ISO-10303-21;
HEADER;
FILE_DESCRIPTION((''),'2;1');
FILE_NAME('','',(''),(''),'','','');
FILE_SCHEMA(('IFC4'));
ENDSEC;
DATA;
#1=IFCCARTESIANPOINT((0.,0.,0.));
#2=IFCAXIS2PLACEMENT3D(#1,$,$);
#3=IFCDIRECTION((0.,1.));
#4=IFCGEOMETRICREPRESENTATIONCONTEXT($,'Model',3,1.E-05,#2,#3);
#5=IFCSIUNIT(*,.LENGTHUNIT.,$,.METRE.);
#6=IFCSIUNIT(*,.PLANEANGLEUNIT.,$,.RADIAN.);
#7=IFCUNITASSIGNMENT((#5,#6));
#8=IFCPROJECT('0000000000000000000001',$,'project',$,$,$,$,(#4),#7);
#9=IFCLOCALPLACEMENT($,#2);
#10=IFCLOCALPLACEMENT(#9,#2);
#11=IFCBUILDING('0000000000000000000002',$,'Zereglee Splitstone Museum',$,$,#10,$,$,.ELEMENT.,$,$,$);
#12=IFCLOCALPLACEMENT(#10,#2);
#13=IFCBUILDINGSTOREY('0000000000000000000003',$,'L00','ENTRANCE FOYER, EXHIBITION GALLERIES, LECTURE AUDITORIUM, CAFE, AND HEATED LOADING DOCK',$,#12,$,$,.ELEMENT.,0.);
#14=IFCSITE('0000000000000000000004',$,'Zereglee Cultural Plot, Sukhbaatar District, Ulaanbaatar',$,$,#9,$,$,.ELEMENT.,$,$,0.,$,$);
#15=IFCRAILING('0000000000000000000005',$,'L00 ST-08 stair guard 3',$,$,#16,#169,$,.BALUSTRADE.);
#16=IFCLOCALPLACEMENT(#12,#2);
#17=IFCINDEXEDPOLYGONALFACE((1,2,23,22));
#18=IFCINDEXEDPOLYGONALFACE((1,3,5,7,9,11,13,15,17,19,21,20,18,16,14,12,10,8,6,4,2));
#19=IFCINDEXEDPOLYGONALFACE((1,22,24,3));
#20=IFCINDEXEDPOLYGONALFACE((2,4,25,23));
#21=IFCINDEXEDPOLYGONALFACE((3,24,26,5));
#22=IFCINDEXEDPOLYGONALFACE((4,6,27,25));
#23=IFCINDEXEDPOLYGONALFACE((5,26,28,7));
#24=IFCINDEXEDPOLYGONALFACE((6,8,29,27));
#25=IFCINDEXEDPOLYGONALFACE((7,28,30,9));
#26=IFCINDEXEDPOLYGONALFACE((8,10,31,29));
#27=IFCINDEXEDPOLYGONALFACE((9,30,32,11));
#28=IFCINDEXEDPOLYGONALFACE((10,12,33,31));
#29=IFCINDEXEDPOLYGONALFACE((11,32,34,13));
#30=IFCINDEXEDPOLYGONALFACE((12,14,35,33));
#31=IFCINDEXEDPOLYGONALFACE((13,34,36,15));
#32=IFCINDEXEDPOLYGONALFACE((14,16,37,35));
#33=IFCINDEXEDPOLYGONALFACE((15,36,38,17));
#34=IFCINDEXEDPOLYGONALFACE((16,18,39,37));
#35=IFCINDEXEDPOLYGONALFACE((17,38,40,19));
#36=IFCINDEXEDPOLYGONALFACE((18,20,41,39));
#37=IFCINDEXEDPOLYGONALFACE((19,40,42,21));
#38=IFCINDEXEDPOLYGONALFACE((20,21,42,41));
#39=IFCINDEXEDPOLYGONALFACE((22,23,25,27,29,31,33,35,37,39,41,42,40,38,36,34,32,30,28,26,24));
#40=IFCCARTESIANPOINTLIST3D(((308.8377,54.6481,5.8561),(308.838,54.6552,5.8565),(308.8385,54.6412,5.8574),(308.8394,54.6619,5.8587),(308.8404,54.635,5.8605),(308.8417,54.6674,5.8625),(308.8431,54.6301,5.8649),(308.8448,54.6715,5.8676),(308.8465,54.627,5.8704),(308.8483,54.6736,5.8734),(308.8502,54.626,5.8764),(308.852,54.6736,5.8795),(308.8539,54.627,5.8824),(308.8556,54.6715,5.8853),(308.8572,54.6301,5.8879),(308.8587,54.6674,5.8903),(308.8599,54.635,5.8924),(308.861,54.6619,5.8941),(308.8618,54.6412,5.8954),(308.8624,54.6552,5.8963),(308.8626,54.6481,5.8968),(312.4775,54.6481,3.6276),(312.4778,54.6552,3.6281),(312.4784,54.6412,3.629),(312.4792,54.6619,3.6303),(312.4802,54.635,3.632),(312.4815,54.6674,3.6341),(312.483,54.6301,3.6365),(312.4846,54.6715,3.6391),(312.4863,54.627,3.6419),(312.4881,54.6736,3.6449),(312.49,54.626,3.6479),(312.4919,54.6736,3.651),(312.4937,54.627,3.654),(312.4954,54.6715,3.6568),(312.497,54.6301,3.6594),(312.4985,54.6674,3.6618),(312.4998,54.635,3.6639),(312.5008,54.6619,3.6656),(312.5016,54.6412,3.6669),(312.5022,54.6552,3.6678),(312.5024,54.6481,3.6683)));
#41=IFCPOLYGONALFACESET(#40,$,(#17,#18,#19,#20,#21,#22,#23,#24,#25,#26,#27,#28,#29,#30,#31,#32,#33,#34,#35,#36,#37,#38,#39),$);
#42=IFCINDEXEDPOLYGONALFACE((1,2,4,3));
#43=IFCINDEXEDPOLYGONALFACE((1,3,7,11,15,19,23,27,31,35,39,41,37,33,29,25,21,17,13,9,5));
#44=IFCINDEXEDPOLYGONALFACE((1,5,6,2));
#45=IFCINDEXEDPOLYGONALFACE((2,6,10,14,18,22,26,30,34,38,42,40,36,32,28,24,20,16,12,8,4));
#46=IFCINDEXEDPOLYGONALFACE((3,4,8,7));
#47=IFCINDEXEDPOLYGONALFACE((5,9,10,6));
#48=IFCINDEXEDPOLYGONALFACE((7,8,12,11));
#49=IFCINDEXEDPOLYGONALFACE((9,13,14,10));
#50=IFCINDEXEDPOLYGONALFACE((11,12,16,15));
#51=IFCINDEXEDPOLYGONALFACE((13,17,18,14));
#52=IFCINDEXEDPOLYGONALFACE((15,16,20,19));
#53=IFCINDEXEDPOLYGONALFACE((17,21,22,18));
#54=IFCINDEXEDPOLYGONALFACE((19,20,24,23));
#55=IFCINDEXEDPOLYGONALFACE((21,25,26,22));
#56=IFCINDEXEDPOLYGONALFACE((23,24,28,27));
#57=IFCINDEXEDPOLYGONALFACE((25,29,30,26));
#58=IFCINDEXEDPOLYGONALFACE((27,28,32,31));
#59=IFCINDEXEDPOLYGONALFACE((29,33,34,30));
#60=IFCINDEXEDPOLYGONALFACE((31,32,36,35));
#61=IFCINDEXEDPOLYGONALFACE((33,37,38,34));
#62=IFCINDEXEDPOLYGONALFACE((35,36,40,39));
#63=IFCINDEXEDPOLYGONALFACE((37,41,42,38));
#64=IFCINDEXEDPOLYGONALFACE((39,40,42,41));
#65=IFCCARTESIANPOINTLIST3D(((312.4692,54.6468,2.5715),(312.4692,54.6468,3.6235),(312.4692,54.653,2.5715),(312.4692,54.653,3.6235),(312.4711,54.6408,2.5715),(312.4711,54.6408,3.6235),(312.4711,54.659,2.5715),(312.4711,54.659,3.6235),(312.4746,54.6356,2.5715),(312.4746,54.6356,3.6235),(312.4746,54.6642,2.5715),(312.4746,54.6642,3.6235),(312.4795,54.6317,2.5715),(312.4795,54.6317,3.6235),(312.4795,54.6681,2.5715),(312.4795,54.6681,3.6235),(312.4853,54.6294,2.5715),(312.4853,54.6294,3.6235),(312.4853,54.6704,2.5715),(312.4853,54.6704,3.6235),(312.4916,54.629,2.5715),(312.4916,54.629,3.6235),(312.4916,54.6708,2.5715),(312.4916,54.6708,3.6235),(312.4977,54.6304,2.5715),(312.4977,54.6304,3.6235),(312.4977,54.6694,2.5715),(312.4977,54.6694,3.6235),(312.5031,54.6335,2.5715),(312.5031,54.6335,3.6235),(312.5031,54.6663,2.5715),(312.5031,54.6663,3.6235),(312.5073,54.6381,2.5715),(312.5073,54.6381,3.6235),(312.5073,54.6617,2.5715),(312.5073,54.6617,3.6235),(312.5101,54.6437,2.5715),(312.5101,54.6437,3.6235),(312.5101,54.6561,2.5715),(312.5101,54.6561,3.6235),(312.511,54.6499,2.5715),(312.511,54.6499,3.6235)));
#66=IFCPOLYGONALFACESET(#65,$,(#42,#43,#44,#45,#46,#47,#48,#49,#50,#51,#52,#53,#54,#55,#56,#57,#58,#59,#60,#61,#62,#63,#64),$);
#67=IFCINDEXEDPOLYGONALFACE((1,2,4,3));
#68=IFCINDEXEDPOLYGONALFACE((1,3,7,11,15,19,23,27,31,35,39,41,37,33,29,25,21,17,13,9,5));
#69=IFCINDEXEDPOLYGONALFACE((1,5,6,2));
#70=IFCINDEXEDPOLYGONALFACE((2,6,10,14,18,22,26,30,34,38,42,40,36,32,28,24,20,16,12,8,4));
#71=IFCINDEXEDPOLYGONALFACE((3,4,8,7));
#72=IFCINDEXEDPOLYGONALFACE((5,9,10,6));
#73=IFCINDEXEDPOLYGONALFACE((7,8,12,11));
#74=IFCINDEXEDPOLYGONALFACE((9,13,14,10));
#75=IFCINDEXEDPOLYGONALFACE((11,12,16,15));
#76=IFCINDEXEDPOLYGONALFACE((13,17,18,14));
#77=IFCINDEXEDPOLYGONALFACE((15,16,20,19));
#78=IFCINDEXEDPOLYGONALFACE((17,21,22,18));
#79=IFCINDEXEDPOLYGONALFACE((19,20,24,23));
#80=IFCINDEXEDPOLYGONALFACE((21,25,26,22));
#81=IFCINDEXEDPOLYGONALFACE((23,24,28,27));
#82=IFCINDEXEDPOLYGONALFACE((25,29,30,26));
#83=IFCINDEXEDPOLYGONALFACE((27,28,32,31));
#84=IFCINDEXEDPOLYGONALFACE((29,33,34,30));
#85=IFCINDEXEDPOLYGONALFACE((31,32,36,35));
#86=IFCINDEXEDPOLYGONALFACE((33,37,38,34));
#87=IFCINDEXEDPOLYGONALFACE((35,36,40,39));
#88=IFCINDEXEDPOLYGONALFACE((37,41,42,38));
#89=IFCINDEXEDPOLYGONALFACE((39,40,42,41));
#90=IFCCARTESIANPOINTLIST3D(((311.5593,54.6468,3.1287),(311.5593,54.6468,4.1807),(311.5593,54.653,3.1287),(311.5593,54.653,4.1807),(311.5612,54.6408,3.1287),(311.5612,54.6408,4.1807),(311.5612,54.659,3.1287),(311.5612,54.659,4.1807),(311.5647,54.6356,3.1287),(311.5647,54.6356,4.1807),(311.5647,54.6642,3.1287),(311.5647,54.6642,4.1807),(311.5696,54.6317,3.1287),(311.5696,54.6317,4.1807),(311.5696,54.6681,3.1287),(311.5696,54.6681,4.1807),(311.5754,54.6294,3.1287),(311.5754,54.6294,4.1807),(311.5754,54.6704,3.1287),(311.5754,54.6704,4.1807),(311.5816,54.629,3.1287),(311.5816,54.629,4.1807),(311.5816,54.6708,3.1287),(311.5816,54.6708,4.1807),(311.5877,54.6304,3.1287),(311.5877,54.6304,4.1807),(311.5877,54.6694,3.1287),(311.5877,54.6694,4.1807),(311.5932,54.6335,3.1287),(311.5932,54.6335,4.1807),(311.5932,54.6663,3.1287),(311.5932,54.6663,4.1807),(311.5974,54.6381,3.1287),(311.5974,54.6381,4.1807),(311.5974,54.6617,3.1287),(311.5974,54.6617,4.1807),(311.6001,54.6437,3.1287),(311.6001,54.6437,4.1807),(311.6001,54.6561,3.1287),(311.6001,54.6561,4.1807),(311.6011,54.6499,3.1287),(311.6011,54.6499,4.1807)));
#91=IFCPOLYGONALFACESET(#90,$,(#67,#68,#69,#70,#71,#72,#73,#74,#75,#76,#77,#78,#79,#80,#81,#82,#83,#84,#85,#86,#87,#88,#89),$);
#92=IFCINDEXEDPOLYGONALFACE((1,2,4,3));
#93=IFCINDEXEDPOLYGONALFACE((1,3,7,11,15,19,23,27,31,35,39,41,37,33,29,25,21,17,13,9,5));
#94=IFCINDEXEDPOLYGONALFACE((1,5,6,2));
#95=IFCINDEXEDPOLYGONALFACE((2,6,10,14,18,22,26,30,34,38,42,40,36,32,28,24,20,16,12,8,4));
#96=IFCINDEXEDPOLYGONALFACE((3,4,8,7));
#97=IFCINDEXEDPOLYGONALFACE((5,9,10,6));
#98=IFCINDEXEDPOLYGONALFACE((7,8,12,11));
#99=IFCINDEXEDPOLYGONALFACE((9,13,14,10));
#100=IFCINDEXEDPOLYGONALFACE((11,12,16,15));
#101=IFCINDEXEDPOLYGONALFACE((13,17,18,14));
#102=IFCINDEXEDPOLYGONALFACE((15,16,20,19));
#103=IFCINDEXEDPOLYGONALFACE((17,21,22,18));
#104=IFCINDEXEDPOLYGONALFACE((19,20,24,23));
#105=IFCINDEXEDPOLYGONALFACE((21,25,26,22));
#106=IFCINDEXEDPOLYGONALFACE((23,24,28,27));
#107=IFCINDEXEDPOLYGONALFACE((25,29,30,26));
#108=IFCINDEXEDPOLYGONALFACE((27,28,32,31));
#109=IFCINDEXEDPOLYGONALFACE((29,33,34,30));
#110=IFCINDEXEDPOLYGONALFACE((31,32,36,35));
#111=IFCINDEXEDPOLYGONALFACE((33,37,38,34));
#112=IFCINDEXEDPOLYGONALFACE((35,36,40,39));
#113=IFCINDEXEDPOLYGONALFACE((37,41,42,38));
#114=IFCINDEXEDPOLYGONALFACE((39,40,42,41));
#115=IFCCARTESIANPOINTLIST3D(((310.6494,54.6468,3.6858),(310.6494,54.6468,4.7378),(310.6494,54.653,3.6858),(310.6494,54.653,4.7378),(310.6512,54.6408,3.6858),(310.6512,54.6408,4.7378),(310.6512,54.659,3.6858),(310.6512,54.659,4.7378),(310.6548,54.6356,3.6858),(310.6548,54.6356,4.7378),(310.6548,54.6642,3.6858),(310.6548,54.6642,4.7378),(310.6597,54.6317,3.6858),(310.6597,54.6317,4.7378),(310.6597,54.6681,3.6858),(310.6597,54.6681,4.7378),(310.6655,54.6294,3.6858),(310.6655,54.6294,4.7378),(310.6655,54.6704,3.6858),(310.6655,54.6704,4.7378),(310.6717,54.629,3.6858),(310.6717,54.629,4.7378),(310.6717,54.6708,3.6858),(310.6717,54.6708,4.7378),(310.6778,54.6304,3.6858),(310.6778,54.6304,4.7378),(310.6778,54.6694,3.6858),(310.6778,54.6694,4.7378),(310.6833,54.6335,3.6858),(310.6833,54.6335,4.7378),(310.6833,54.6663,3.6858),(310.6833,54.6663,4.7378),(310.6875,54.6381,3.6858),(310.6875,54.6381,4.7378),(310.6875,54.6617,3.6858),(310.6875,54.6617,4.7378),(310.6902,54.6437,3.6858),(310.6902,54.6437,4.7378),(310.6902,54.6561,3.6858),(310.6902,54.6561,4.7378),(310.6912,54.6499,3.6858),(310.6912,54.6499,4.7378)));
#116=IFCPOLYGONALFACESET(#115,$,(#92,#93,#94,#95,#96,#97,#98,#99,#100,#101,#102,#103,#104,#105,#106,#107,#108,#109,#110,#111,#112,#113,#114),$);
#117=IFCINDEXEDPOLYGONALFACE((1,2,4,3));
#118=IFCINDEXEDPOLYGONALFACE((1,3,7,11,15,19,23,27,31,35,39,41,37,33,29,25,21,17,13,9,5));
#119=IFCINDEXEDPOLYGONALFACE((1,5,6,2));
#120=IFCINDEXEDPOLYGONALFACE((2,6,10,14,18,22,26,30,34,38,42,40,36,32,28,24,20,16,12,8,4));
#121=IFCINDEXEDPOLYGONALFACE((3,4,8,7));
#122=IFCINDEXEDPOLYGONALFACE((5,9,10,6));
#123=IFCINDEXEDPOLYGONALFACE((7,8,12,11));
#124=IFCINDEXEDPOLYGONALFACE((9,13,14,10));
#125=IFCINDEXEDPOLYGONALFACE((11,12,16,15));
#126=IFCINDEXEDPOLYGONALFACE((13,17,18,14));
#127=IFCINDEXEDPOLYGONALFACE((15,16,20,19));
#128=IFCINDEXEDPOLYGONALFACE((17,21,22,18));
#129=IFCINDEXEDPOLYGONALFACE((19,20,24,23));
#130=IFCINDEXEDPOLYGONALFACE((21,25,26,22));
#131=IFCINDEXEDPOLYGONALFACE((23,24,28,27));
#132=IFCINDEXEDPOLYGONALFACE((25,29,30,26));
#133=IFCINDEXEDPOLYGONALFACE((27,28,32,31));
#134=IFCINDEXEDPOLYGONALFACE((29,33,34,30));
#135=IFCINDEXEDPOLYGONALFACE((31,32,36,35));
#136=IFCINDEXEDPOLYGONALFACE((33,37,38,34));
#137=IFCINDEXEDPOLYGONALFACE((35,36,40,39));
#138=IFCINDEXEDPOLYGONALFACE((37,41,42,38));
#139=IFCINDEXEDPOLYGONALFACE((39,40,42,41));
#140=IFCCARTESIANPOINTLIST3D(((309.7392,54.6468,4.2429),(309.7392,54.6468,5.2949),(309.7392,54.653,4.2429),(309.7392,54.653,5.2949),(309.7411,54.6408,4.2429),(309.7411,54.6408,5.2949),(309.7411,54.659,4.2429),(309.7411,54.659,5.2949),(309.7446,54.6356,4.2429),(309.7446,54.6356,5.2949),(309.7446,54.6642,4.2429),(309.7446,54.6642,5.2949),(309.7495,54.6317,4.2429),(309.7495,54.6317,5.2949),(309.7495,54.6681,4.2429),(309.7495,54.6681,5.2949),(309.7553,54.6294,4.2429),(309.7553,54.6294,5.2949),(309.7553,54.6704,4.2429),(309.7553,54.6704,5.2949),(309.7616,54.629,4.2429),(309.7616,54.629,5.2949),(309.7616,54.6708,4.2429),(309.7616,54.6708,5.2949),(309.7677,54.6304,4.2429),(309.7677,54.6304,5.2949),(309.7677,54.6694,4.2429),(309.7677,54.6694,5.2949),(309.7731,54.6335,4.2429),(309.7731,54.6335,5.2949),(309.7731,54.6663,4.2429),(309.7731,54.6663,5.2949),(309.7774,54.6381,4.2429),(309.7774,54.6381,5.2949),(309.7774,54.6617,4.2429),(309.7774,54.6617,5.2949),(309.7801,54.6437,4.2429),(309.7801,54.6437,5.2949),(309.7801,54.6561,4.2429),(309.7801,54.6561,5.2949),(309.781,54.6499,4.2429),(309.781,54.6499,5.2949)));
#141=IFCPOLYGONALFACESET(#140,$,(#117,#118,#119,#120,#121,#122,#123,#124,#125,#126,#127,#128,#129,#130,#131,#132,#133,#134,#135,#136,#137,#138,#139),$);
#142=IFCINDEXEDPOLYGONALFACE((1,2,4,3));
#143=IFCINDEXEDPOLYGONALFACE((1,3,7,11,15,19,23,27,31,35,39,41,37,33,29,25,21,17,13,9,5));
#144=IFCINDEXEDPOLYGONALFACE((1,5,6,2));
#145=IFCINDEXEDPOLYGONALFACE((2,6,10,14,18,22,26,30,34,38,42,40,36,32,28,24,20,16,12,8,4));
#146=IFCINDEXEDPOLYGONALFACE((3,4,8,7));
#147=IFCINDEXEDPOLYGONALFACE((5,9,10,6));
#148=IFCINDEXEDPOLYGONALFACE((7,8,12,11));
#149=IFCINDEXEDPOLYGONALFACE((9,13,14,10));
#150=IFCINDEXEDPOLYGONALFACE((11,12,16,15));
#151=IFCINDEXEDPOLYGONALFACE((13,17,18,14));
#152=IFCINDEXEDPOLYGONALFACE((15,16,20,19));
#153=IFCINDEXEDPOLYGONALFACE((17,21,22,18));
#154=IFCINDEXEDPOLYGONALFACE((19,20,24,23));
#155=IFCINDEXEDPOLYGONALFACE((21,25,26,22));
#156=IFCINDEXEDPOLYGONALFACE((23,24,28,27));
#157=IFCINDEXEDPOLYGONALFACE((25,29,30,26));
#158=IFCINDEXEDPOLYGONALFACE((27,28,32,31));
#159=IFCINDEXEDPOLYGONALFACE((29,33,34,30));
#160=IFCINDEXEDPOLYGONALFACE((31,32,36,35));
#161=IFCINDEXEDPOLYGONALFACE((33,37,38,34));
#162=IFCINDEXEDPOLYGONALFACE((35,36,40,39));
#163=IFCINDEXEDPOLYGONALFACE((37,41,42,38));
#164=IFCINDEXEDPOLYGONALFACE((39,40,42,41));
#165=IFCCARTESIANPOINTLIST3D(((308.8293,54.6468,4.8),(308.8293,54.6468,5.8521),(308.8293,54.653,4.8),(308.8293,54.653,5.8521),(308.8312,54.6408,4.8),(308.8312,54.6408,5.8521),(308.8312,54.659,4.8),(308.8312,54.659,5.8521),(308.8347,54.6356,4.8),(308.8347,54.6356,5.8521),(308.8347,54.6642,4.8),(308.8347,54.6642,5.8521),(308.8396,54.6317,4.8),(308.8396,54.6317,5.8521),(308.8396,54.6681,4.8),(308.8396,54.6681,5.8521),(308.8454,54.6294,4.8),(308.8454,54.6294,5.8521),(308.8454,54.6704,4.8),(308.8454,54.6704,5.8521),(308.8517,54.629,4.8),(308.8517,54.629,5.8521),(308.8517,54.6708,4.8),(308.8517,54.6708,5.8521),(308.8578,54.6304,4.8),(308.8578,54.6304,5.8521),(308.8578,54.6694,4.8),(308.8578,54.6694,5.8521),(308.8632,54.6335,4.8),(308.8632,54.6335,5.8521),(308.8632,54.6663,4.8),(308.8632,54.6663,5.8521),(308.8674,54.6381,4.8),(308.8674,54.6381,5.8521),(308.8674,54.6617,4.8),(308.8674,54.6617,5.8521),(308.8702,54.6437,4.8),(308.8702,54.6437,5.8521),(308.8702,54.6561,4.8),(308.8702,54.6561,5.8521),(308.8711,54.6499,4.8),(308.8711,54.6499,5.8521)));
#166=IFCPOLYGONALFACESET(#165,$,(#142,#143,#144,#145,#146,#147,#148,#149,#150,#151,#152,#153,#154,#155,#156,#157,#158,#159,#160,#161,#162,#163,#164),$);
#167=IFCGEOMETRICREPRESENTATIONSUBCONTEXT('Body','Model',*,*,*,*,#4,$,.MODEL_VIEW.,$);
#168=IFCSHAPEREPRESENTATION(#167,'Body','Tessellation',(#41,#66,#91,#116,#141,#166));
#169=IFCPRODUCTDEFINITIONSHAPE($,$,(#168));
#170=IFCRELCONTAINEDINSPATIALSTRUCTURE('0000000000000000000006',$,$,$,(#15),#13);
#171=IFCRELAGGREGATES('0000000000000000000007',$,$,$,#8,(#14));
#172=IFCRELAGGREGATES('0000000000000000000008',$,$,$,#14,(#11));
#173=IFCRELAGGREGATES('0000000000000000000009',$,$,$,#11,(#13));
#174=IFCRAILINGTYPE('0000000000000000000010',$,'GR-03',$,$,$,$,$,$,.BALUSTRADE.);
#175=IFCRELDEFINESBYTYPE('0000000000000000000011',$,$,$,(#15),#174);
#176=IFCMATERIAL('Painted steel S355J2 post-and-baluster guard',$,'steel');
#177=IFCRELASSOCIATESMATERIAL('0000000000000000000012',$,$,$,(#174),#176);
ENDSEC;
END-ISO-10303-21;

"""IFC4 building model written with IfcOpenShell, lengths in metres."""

from ifc_helpers import new_model, si_unit, direction, frame, origin, origin_2d, place, context, subcontext, project, spatial, circle, extrude, material, type_object, element, save


model = new_model("IFC4")

# Units and contexts
model_context = context("Model", 3, precision=1e-05, world=origin(), true_north=direction((0.0, 1.0)))
body_context = subcontext(model_context, "Body", "Model", "MODEL_VIEW")
ifc_project = project(units=[si_unit("LENGTHUNIT", "METRE"), si_unit("PLANEANGLEUNIT", "RADIAN")], contexts=[model_context])

# Site, building, storey
site_placement = place(None, origin())
site = spatial("IfcSite", under=ifc_project, at=site_placement, Name="Zereglee Cultural Plot, Sukhbaatar District, Ulaanbaatar", CompositionType="ELEMENT", RefElevation=0.0)
building_placement = place(site_placement, origin())
building = spatial("IfcBuilding", under=site, at=building_placement, Name="Zereglee Splitstone Museum", CompositionType="ELEMENT")
storey_placement = place(building_placement, origin())
storey = spatial("IfcBuildingStorey", under=building, at=storey_placement, Name="L00", Description="ENTRANCE FOYER, EXHIBITION GALLERIES, LECTURE AUDITORIUM, CAFE, AND HEATED LOADING DOCK", CompositionType="ELEMENT", Elevation=0.0)

# Railing
ifc_material_1 = material(Name="Painted steel S355J2 post-and-baluster guard", Category="steel")
railing_type_1 = type_object("IfcRailingType", Name="GR-03", PredefinedType="BALUSTRADE", material=ifc_material_1)
railing_1_placement = place(storey_placement, frame((312.49, 54.6499, 2.5715)))
element("IfcRailing", 1, at=railing_1_placement, inside=storey, type_object=railing_type_1, Name="L00 ST-08 stair guard 3", PredefinedType="BALUSTRADE", context=body_context, shape_type="SweptSolid", body=[
    extrude(circle(Radius=0.0239, at=origin_2d()), frame((0.0, 0.0, 1.0764), z_axis=(-0.85285, 0.0, 0.522156), x_axis=(0.0, -1.0, 0.0)), (0.0, 0.0, 1.0), 4.2678),
    extrude(circle(Radius=0.021, at=origin_2d()), origin(), (0.0, 0.0, 1.0), 1.052),
    extrude(circle(Radius=0.021, at=origin_2d()), frame((-0.9099, 0.0, 0.5571)), (0.0, 0.0, 1.0), 1.052),
    extrude(circle(Radius=0.021, at=origin_2d()), frame((-1.8198, 0.0, 1.1143)), (0.0, 0.0, 1.0), 1.052),
    extrude(circle(Radius=0.021, at=origin_2d()), frame((-2.73, 0.0, 1.6714)), (0.0, 0.0, 1.0), 1.052),
    extrude(circle(Radius=0.021, at=origin_2d()), frame((-3.6399, 0.0, 2.2285)), (0.0, 0.0, 1.0), 1.052),
])

save(model, "model.ifc")
